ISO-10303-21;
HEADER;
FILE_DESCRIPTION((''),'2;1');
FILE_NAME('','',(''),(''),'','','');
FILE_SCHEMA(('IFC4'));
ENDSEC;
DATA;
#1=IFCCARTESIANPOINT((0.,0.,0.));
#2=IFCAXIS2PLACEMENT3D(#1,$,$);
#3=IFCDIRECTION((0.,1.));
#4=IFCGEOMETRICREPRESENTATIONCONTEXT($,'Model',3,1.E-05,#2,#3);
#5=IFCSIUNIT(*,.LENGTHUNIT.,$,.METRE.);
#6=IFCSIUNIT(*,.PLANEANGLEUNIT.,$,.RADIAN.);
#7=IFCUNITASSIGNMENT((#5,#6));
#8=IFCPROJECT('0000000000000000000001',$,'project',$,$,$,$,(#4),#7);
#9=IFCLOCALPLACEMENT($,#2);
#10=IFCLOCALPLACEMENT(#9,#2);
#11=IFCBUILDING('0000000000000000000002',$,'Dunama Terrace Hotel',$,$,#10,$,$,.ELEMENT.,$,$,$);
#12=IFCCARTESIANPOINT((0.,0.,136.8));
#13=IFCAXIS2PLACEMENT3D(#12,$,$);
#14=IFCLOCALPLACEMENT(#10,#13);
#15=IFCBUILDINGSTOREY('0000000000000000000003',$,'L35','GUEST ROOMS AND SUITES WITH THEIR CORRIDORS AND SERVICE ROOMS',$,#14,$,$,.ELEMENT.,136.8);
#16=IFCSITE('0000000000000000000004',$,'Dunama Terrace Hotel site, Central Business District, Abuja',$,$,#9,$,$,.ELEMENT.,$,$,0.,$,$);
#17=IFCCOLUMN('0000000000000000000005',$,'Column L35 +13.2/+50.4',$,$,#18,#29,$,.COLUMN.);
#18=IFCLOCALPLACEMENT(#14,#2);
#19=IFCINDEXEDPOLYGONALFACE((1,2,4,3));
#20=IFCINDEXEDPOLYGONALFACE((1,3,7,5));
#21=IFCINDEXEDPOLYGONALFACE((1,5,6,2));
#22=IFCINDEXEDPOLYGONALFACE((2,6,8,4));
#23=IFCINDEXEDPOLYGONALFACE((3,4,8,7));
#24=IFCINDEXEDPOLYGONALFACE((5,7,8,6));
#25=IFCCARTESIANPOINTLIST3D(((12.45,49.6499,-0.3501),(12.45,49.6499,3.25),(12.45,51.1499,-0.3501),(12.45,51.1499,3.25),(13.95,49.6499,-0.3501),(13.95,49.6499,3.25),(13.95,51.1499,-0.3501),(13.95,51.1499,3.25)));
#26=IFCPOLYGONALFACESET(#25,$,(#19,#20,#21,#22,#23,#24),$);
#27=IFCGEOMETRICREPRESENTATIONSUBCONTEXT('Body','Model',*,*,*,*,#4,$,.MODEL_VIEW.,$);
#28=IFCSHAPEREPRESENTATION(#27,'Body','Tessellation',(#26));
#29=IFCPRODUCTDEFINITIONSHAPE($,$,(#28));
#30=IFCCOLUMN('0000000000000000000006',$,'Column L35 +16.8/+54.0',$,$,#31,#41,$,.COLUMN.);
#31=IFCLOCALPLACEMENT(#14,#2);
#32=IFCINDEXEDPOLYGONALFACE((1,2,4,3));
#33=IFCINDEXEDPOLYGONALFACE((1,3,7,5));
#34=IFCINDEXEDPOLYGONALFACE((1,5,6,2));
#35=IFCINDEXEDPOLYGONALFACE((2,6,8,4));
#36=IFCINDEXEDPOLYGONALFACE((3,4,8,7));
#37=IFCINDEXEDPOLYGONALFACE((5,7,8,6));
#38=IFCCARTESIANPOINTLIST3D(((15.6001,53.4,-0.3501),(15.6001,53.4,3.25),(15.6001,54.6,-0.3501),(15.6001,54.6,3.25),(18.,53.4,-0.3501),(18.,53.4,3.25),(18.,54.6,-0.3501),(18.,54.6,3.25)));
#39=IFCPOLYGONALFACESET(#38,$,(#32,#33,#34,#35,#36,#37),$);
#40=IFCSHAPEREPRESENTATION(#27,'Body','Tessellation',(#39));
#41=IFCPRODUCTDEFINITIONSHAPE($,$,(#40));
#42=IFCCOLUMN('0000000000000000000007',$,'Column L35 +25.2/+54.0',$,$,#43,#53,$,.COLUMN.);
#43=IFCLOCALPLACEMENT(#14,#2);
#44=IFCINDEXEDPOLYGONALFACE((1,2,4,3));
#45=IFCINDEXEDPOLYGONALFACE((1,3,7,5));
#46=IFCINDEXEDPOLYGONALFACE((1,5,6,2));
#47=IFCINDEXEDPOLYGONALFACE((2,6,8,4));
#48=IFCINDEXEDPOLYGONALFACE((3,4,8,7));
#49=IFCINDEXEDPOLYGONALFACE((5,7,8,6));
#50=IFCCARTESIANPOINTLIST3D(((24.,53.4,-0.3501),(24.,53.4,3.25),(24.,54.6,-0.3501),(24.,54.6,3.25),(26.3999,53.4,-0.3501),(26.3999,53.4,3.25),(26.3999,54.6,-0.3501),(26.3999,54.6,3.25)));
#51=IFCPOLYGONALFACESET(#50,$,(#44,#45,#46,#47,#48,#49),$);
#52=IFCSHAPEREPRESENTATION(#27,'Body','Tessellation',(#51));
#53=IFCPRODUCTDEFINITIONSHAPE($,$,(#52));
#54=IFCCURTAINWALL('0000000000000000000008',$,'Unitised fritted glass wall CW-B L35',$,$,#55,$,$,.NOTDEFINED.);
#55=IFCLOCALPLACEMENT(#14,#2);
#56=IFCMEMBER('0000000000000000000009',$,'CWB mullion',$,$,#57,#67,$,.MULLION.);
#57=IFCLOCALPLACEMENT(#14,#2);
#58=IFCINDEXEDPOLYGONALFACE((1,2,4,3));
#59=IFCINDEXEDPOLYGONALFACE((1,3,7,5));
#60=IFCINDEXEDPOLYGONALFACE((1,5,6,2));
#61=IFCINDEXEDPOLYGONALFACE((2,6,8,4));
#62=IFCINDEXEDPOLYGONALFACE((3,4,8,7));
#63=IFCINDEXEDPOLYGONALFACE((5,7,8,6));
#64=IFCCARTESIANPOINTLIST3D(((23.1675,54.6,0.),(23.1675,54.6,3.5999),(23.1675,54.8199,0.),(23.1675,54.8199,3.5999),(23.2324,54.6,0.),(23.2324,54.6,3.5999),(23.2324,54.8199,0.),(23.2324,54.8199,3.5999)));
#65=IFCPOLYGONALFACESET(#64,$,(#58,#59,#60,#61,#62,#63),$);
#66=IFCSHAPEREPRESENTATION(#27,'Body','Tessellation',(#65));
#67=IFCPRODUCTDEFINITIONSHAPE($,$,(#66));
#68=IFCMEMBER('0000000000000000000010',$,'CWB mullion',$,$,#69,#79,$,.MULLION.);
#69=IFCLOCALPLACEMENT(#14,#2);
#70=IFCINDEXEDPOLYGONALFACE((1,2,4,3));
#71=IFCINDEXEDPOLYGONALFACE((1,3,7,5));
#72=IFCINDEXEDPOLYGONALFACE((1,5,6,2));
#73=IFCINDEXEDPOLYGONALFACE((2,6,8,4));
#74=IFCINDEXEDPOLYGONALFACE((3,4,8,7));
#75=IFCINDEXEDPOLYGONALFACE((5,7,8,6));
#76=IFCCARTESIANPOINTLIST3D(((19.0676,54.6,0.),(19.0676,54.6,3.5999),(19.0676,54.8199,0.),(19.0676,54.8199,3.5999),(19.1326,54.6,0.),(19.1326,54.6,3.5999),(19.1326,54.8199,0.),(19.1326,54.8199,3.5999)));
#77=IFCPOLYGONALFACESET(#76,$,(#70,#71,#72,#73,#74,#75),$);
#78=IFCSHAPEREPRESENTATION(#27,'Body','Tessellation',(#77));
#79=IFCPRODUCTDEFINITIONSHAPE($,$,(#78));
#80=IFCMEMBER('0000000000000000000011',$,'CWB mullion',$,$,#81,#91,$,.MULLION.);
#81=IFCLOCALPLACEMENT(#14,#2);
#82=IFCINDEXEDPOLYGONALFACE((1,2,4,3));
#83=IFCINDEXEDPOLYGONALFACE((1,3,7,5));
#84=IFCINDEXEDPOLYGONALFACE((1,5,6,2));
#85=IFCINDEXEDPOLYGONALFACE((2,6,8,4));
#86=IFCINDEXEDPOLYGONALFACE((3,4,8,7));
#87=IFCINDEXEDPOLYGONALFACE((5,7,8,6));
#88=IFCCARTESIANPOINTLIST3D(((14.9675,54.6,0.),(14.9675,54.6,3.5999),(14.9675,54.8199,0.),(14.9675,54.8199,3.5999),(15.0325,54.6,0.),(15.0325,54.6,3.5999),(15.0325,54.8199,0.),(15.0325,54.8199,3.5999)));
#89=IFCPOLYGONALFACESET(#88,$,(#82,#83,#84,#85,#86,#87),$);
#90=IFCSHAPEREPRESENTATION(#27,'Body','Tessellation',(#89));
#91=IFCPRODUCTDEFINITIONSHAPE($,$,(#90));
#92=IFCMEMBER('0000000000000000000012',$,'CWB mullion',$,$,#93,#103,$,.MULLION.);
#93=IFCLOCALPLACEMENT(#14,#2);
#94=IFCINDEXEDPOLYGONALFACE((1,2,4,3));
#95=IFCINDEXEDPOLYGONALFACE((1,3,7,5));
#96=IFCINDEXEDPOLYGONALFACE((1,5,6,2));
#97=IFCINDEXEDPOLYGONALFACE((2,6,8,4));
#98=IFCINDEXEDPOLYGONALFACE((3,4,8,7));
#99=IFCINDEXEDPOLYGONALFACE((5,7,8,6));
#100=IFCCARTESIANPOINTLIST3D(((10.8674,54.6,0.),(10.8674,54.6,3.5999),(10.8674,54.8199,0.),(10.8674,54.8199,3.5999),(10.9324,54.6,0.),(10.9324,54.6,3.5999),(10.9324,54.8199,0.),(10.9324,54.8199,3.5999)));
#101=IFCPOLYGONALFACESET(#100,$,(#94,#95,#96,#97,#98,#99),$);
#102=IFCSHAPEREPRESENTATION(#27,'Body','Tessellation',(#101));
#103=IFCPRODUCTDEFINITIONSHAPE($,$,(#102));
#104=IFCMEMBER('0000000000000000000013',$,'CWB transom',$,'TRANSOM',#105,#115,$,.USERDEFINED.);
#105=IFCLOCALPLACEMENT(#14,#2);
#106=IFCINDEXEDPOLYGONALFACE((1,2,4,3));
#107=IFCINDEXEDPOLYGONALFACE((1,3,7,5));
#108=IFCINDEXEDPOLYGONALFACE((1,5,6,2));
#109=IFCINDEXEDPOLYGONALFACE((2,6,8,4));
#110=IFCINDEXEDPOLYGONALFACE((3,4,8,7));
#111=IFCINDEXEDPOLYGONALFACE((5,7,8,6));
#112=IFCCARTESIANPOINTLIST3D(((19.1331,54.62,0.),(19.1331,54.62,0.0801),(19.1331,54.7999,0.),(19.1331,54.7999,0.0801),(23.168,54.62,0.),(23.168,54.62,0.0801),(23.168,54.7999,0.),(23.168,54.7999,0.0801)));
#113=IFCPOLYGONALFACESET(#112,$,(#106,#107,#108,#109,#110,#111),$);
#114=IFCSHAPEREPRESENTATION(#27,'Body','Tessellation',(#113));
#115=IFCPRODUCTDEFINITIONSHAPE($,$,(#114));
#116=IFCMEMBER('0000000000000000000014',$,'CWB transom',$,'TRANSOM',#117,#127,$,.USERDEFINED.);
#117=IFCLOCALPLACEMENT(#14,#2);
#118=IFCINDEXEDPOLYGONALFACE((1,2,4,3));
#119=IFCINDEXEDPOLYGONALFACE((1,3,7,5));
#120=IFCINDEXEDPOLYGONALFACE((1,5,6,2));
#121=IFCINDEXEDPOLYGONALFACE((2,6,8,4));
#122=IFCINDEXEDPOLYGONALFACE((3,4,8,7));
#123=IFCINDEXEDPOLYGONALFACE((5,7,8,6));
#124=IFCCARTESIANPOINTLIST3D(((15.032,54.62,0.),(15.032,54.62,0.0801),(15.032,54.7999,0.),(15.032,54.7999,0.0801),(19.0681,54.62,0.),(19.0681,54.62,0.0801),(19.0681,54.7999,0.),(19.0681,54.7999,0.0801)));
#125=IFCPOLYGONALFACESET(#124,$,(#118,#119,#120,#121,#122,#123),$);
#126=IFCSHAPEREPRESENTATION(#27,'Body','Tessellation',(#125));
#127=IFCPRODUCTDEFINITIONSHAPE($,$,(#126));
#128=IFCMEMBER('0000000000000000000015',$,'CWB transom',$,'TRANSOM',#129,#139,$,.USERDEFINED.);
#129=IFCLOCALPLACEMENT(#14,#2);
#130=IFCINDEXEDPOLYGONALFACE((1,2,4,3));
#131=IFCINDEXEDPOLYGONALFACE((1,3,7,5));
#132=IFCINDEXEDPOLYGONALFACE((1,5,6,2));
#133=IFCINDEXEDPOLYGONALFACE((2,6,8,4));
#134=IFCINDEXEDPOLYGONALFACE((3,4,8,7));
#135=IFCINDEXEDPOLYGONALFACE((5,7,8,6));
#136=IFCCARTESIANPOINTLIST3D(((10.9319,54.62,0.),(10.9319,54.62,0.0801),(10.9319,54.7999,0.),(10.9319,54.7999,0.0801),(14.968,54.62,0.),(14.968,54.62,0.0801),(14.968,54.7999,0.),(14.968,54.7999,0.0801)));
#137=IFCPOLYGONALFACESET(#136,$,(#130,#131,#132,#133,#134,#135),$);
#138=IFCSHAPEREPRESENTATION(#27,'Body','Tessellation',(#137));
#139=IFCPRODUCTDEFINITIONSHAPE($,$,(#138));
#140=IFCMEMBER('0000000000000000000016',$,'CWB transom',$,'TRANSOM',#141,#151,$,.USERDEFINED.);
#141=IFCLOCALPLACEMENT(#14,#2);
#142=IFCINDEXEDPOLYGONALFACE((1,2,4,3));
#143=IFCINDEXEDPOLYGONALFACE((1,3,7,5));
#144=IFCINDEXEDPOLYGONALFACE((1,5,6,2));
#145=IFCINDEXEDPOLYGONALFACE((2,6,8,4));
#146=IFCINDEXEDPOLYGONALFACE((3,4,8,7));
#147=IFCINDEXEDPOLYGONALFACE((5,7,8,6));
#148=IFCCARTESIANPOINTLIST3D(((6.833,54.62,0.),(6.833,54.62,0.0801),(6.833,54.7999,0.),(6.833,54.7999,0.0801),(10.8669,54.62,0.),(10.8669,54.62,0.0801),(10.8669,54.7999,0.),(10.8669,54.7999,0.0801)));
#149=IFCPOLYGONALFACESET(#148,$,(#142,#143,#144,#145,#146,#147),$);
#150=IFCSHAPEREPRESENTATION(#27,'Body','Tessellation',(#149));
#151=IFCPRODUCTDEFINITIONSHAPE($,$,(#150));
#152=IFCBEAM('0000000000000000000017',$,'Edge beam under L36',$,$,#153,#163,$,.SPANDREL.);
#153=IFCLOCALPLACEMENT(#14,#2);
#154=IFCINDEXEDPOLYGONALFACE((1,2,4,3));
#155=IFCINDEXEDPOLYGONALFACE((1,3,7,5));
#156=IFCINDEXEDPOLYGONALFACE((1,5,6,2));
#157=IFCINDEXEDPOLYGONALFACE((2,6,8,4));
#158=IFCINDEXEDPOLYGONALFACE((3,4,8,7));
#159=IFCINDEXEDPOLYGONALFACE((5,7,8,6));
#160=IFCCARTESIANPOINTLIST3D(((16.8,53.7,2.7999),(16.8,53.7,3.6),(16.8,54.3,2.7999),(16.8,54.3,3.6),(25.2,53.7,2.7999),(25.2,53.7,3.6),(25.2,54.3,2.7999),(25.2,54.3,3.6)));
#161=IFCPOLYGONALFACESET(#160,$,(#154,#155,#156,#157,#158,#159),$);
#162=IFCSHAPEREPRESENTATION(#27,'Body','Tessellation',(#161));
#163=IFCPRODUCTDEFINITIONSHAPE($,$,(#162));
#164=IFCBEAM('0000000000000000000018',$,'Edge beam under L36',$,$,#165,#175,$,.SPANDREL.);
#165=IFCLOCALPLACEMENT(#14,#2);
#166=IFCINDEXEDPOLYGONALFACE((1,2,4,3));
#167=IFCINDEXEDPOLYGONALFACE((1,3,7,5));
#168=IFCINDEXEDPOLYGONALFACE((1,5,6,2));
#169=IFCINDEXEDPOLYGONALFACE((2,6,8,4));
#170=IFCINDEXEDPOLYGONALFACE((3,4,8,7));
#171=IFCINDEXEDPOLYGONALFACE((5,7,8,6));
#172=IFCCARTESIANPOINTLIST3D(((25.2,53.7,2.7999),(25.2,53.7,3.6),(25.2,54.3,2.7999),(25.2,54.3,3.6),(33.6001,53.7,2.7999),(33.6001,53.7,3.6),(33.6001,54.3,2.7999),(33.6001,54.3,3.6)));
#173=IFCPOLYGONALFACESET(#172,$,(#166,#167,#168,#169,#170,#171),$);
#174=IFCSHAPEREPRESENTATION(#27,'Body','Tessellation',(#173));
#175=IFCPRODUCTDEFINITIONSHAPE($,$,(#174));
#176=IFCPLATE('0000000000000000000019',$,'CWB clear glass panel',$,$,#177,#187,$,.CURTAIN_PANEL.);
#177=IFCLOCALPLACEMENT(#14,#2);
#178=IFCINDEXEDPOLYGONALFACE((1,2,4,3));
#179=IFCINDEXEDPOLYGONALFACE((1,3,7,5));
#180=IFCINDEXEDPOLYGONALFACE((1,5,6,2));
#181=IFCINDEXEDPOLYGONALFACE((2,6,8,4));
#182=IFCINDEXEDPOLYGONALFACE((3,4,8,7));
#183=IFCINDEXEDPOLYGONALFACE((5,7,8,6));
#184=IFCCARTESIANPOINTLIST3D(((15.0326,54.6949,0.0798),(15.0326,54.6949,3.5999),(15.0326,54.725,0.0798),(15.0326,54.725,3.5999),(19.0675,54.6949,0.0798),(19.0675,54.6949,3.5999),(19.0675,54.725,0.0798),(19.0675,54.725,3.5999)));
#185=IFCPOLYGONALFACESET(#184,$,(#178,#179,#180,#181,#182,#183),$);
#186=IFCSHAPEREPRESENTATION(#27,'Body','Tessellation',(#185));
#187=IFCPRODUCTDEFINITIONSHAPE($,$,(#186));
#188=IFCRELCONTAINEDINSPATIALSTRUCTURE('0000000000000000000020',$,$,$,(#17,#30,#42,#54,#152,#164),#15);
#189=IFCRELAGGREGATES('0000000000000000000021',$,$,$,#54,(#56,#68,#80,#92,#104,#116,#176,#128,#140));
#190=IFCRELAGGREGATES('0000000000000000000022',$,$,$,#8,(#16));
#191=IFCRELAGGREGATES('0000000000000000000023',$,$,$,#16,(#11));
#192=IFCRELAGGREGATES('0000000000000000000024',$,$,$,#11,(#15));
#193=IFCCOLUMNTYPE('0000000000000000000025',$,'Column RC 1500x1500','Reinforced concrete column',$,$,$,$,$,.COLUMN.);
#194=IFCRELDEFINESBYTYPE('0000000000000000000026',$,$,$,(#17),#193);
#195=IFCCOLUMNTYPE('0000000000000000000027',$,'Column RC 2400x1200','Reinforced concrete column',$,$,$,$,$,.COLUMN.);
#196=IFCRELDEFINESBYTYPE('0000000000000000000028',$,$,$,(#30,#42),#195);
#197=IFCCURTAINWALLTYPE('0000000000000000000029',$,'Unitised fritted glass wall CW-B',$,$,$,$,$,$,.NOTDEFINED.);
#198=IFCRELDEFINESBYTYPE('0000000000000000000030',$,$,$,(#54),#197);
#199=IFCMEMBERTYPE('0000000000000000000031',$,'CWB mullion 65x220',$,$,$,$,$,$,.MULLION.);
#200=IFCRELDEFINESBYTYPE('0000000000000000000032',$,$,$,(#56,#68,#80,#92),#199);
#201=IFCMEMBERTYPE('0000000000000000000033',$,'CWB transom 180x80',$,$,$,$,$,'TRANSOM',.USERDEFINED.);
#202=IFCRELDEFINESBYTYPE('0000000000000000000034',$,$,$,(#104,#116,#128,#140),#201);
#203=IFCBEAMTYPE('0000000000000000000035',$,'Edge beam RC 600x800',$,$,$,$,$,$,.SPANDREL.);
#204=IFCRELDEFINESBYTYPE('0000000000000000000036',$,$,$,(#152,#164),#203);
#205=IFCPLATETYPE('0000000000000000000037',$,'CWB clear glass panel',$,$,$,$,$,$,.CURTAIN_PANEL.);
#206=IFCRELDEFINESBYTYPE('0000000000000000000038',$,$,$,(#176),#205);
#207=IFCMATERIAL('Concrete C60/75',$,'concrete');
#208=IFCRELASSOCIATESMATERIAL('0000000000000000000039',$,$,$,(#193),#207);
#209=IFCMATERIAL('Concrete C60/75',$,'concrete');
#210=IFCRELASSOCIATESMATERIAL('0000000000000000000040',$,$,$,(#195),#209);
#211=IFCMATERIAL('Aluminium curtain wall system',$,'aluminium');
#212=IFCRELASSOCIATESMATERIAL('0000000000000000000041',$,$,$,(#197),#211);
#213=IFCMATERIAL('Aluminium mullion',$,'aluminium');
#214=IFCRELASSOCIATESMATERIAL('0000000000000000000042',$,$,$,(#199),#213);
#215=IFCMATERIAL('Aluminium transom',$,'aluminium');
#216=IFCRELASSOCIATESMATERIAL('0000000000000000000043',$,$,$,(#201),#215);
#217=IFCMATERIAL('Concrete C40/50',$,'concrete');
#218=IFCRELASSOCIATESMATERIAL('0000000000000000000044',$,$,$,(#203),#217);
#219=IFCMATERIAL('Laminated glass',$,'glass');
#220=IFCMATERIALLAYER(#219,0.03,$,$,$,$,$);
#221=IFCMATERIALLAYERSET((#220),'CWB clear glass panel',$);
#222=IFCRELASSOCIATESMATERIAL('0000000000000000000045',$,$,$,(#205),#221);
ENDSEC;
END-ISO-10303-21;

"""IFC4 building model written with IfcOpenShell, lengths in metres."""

from ifc_helpers import new_model, si_unit, direction, frame, origin, origin_2d, place, context, subcontext, project, spatial, rectangle, extrude, material, layer, layer_set, material_profile, profile_set, type_object, element, aggregate, save


model = new_model("IFC4")

# Units and contexts
model_context = context("Model", 3, precision=1e-05, world=origin(), true_north=direction((0.0, 1.0)))
body_context = subcontext(model_context, "Body", "Model", "MODEL_VIEW")
ifc_project = project(units=[si_unit("LENGTHUNIT", "METRE"), si_unit("PLANEANGLEUNIT", "RADIAN")], contexts=[model_context])

# Site, building, storey
site_placement = place(None, origin())
site = spatial("IfcSite", under=ifc_project, at=site_placement, Name="Dunama Terrace Hotel site, Central Business District, Abuja", CompositionType="ELEMENT", RefElevation=0.0)
building_placement = place(site_placement, origin())
building = spatial("IfcBuilding", under=site, at=building_placement, Name="Dunama Terrace Hotel", CompositionType="ELEMENT")
storey_placement = place(building_placement, frame((0.0, 0.0, 136.8)))
storey = spatial("IfcBuildingStorey", under=building, at=storey_placement, Name="L35", Description="GUEST ROOMS AND SUITES WITH THEIR CORRIDORS AND SERVICE ROOMS", CompositionType="ELEMENT", Elevation=136.8)

# Columns
ifc_material_1 = material(Name="Concrete C60/75", Category="concrete")
ifc_material_profile_1 = material_profile(ifc_material_1, rectangle(XDim=1.5, YDim=1.5, at=origin_2d()), Name="RC 1500x1500")
ifc_profile_set_1 = profile_set([ifc_material_profile_1], Name="Concrete C60/75")
column_type_1 = type_object("IfcColumnType", Name="Column RC 1500x1500", Description="Reinforced concrete column", PredefinedType="COLUMN", material=ifc_profile_set_1)
column_placement = place(storey_placement, frame((13.2, 50.3999, -0.3501), z_axis=(0.0, 0.0, 1.0), x_axis=(1.0, 0.0, 0.0)))
element("IfcColumn", 1, at=column_placement, inside=storey, type_object=column_type_1, Name="Column L35 +13.2/+50.4", PredefinedType="COLUMN", context=body_context, shape_type="SweptSolid", body=[
    extrude(rectangle(XDim=1.5, YDim=1.5, at=origin_2d()), origin(), (0.0, 0.0, 1.0), 3.6001),
])
ifc_material_2 = material(Name="Concrete C60/75", Category="concrete")
ifc_material_profile_2 = material_profile(ifc_material_2, rectangle(XDim=2.3999, YDim=1.2, at=origin_2d()), Name="RC 2400x1200")
ifc_profile_set_2 = profile_set([ifc_material_profile_2], Name="Concrete C60/75")
column_type_2 = type_object("IfcColumnType", Name="Column RC 2400x1200", Description="Reinforced concrete column", PredefinedType="COLUMN", material=ifc_profile_set_2)
for number, where, z_axis, x_axis, name in (
    (2, (16.8, 54.0, -0.3501), (0.0, 0.0, 1.0), (1.0, 0.0, 0.0), "Column L35 +16.8/+54.0"),
    (3, (25.2, 54.0, -0.3501), (0.0, 0.0, 1.0), (1.0, 0.0, 0.0), "Column L35 +25.2/+54.0"),
):
    element("IfcColumn", number, at=place(storey_placement, frame(where, z_axis=z_axis, x_axis=x_axis)), inside=storey, type_object=column_type_2, Name=name, PredefinedType="COLUMN", context=body_context, shape_type="SweptSolid", body=[
        extrude(rectangle(XDim=2.3999, YDim=1.2, at=origin_2d()), origin(), (0.0, 0.0, 1.0), 3.6001),
    ])

# Curtain wall, members
ifc_material_3 = material(Name="Aluminium curtain wall system", Category="aluminium")
curtain_wall_type = type_object("IfcCurtainWallType", Name="Unitised fritted glass wall CW-B", PredefinedType="NOTDEFINED", material=ifc_material_3)
curtain_wall_placement = place(storey_placement, origin())
curtain_wall = element("IfcCurtainWall", 4, at=curtain_wall_placement, inside=storey, type_object=curtain_wall_type, Name="Unitised fritted glass wall CW-B L35", PredefinedType="NOTDEFINED")
ifc_material_4 = material(Name="Aluminium mullion", Category="aluminium")
ifc_material_profile_3 = material_profile(ifc_material_4, rectangle(XDim=0.0649, YDim=0.22, at=origin_2d()), Name="CWB MULLION 65X220")
ifc_profile_set_3 = profile_set([ifc_material_profile_3], Name="Aluminium mullion")
member_type_1 = type_object("IfcMemberType", Name="CWB mullion 65x220", PredefinedType="MULLION", material=ifc_profile_set_3)
member_1_placement = place(storey_placement, frame((23.2, 54.71, 0.0), z_axis=(0.0, 0.0, 1.0), x_axis=(-1.0, 0.0, 0.0)))
member_1 = element("IfcMember", 5, at=member_1_placement, type_object=member_type_1, Name="CWB mullion", PredefinedType="MULLION", context=body_context, shape_type="SweptSolid", body=[
    extrude(rectangle(XDim=0.0649, YDim=0.22, at=origin_2d()), origin(), (0.0, 0.0, 1.0), 3.5999),
])
member_2_placement = place(storey_placement, frame((19.1001, 54.71, 0.0), z_axis=(0.0, 0.0, 1.0), x_axis=(-1.0, 0.0, 0.0)))
member_2 = element("IfcMember", 6, at=member_2_placement, type_object=member_type_1, Name="CWB mullion", PredefinedType="MULLION", context=body_context, shape_type="SweptSolid", body=[
    extrude(rectangle(XDim=0.0649, YDim=0.22, at=origin_2d()), origin(), (0.0, 0.0, 1.0), 3.5999),
])
member_3_placement = place(storey_placement, frame((15.0, 54.71, 0.0), z_axis=(0.0, 0.0, 1.0), x_axis=(-1.0, 0.0, 0.0)))
member_3 = element("IfcMember", 7, at=member_3_placement, type_object=member_type_1, Name="CWB mullion", PredefinedType="MULLION", context=body_context, shape_type="SweptSolid", body=[
    extrude(rectangle(XDim=0.0649, YDim=0.22, at=origin_2d()), origin(), (0.0, 0.0, 1.0), 3.5999),
])
member_4_placement = place(storey_placement, frame((10.8999, 54.71, 0.0), z_axis=(0.0, 0.0, 1.0), x_axis=(-1.0, 0.0, 0.0)))
member_4 = element("IfcMember", 8, at=member_4_placement, type_object=member_type_1, Name="CWB mullion", PredefinedType="MULLION", context=body_context, shape_type="SweptSolid", body=[
    extrude(rectangle(XDim=0.0649, YDim=0.22, at=origin_2d()), origin(), (0.0, 0.0, 1.0), 3.5999),
])
ifc_material_5 = material(Name="Aluminium transom", Category="aluminium")
ifc_material_profile_4 = material_profile(ifc_material_5, rectangle(XDim=0.1799, YDim=0.0801, at=origin_2d()), Name="CWB TRANSOM 180X80")
ifc_profile_set_4 = profile_set([ifc_material_profile_4], Name="Aluminium transom")
member_type_2 = type_object("IfcMemberType", Name="CWB transom 180x80", ElementType="TRANSOM", PredefinedType="USERDEFINED", material=ifc_profile_set_4)
member_5_placement = place(storey_placement, frame((23.168, 54.71, 0.04), z_axis=(-1.0, 0.0, 0.0), x_axis=(0.0, -1.0, 0.0)))
member_5 = element("IfcMember", 9, at=member_5_placement, type_object=member_type_2, Name="CWB transom", ObjectType="TRANSOM", PredefinedType="USERDEFINED", context=body_context, shape_type="SweptSolid", body=[
    extrude(rectangle(XDim=0.1799, YDim=0.0801, at=origin_2d()), origin(), (0.0, 0.0, 1.0), 4.0349),
])
member_6_placement = place(storey_placement, frame((19.0681, 54.71, 0.04), z_axis=(-1.0, 0.0, 0.0), x_axis=(0.0, -1.0, 0.0)))
member_6 = element("IfcMember", 10, at=member_6_placement, type_object=member_type_2, Name="CWB transom", ObjectType="TRANSOM", PredefinedType="USERDEFINED", context=body_context, shape_type="SweptSolid", body=[
    extrude(rectangle(XDim=0.1799, YDim=0.0801, at=origin_2d()), origin(), (0.0, 0.0, 1.0), 4.0361),
])
member_7_placement = place(storey_placement, frame((14.968, 54.71, 0.04), z_axis=(-1.0, 0.0, 0.0), x_axis=(0.0, -1.0, 0.0)))
member_7 = element("IfcMember", 11, at=member_7_placement, type_object=member_type_2, Name="CWB transom", ObjectType="TRANSOM", PredefinedType="USERDEFINED", context=body_context, shape_type="SweptSolid", body=[
    extrude(rectangle(XDim=0.1799, YDim=0.0801, at=origin_2d()), origin(), (0.0, 0.0, 1.0), 4.0361),
])
member_8_placement = place(storey_placement, frame((10.8669, 54.71, 0.04), z_axis=(-1.0, 0.0, 0.0), x_axis=(0.0, -1.0, 0.0)))
member_8 = element("IfcMember", 12, at=member_8_placement, type_object=member_type_2, Name="CWB transom", ObjectType="TRANSOM", PredefinedType="USERDEFINED", context=body_context, shape_type="SweptSolid", body=[
    extrude(rectangle(XDim=0.1799, YDim=0.0801, at=origin_2d()), origin(), (0.0, 0.0, 1.0), 4.0339),
])

# Beams
ifc_material_6 = material(Name="Concrete C40/50", Category="concrete")
ifc_material_profile_5 = material_profile(ifc_material_6, rectangle(XDim=0.6001, YDim=0.8, at=origin_2d()), Name="RC 600x800")
ifc_profile_set_5 = profile_set([ifc_material_profile_5], Name="Concrete C40/50")
beam_type = type_object("IfcBeamType", Name="Edge beam RC 600x800", PredefinedType="SPANDREL", material=ifc_profile_set_5)
beam_1_placement = place(storey_placement, frame((16.8, 54.0, 3.2), z_axis=(1.0, 0.0, 0.0), x_axis=(0.0, 1.0, 0.0)))
element("IfcBeam", 13, at=beam_1_placement, inside=storey, type_object=beam_type, Name="Edge beam under L36", PredefinedType="SPANDREL", context=body_context, shape_type="SweptSolid", body=[
    extrude(rectangle(XDim=0.6001, YDim=0.8, at=origin_2d()), origin(), (0.0, 0.0, 1.0), 8.3999),
])
beam_2_placement = place(storey_placement, frame((25.2, 54.0, 3.2), z_axis=(1.0, 0.0, 0.0), x_axis=(0.0, 1.0, 0.0)))
element("IfcBeam", 14, at=beam_2_placement, inside=storey, type_object=beam_type, Name="Edge beam under L36", PredefinedType="SPANDREL", context=body_context, shape_type="SweptSolid", body=[
    extrude(rectangle(XDim=0.6001, YDim=0.8, at=origin_2d()), origin(), (0.0, 0.0, 1.0), 8.4001),
])

# Plate
ifc_material_7 = material(Name="Laminated glass", Category="glass")
ifc_layer_1 = layer(ifc_material_7, 0.03)
ifc_layer_set_1 = layer_set([ifc_layer_1], Name="CWB clear glass panel")
plate_type_1 = type_object("IfcPlateType", Name="CWB clear glass panel", PredefinedType="CURTAIN_PANEL", material=ifc_layer_set_1)
plate_1_placement = place(storey_placement, frame((17.05, 54.71, 0.0798), z_axis=(0.0, 0.0, 1.0), x_axis=(-1.0, 0.0, 0.0)))
plate_1 = element("IfcPlate", 15, at=plate_1_placement, type_object=plate_type_1, Name="CWB clear glass panel", PredefinedType="CURTAIN_PANEL", context=body_context, shape_type="SweptSolid", body=[
    extrude(rectangle(XDim=4.0349, YDim=0.03, at=origin_2d()), origin(), (0.0, 0.0, 1.0), 3.52),
])
aggregate(curtain_wall, [member_1, member_2, member_3, member_4, member_5, member_6, plate_1, member_7, member_8])

save(model, "model.ifc")
